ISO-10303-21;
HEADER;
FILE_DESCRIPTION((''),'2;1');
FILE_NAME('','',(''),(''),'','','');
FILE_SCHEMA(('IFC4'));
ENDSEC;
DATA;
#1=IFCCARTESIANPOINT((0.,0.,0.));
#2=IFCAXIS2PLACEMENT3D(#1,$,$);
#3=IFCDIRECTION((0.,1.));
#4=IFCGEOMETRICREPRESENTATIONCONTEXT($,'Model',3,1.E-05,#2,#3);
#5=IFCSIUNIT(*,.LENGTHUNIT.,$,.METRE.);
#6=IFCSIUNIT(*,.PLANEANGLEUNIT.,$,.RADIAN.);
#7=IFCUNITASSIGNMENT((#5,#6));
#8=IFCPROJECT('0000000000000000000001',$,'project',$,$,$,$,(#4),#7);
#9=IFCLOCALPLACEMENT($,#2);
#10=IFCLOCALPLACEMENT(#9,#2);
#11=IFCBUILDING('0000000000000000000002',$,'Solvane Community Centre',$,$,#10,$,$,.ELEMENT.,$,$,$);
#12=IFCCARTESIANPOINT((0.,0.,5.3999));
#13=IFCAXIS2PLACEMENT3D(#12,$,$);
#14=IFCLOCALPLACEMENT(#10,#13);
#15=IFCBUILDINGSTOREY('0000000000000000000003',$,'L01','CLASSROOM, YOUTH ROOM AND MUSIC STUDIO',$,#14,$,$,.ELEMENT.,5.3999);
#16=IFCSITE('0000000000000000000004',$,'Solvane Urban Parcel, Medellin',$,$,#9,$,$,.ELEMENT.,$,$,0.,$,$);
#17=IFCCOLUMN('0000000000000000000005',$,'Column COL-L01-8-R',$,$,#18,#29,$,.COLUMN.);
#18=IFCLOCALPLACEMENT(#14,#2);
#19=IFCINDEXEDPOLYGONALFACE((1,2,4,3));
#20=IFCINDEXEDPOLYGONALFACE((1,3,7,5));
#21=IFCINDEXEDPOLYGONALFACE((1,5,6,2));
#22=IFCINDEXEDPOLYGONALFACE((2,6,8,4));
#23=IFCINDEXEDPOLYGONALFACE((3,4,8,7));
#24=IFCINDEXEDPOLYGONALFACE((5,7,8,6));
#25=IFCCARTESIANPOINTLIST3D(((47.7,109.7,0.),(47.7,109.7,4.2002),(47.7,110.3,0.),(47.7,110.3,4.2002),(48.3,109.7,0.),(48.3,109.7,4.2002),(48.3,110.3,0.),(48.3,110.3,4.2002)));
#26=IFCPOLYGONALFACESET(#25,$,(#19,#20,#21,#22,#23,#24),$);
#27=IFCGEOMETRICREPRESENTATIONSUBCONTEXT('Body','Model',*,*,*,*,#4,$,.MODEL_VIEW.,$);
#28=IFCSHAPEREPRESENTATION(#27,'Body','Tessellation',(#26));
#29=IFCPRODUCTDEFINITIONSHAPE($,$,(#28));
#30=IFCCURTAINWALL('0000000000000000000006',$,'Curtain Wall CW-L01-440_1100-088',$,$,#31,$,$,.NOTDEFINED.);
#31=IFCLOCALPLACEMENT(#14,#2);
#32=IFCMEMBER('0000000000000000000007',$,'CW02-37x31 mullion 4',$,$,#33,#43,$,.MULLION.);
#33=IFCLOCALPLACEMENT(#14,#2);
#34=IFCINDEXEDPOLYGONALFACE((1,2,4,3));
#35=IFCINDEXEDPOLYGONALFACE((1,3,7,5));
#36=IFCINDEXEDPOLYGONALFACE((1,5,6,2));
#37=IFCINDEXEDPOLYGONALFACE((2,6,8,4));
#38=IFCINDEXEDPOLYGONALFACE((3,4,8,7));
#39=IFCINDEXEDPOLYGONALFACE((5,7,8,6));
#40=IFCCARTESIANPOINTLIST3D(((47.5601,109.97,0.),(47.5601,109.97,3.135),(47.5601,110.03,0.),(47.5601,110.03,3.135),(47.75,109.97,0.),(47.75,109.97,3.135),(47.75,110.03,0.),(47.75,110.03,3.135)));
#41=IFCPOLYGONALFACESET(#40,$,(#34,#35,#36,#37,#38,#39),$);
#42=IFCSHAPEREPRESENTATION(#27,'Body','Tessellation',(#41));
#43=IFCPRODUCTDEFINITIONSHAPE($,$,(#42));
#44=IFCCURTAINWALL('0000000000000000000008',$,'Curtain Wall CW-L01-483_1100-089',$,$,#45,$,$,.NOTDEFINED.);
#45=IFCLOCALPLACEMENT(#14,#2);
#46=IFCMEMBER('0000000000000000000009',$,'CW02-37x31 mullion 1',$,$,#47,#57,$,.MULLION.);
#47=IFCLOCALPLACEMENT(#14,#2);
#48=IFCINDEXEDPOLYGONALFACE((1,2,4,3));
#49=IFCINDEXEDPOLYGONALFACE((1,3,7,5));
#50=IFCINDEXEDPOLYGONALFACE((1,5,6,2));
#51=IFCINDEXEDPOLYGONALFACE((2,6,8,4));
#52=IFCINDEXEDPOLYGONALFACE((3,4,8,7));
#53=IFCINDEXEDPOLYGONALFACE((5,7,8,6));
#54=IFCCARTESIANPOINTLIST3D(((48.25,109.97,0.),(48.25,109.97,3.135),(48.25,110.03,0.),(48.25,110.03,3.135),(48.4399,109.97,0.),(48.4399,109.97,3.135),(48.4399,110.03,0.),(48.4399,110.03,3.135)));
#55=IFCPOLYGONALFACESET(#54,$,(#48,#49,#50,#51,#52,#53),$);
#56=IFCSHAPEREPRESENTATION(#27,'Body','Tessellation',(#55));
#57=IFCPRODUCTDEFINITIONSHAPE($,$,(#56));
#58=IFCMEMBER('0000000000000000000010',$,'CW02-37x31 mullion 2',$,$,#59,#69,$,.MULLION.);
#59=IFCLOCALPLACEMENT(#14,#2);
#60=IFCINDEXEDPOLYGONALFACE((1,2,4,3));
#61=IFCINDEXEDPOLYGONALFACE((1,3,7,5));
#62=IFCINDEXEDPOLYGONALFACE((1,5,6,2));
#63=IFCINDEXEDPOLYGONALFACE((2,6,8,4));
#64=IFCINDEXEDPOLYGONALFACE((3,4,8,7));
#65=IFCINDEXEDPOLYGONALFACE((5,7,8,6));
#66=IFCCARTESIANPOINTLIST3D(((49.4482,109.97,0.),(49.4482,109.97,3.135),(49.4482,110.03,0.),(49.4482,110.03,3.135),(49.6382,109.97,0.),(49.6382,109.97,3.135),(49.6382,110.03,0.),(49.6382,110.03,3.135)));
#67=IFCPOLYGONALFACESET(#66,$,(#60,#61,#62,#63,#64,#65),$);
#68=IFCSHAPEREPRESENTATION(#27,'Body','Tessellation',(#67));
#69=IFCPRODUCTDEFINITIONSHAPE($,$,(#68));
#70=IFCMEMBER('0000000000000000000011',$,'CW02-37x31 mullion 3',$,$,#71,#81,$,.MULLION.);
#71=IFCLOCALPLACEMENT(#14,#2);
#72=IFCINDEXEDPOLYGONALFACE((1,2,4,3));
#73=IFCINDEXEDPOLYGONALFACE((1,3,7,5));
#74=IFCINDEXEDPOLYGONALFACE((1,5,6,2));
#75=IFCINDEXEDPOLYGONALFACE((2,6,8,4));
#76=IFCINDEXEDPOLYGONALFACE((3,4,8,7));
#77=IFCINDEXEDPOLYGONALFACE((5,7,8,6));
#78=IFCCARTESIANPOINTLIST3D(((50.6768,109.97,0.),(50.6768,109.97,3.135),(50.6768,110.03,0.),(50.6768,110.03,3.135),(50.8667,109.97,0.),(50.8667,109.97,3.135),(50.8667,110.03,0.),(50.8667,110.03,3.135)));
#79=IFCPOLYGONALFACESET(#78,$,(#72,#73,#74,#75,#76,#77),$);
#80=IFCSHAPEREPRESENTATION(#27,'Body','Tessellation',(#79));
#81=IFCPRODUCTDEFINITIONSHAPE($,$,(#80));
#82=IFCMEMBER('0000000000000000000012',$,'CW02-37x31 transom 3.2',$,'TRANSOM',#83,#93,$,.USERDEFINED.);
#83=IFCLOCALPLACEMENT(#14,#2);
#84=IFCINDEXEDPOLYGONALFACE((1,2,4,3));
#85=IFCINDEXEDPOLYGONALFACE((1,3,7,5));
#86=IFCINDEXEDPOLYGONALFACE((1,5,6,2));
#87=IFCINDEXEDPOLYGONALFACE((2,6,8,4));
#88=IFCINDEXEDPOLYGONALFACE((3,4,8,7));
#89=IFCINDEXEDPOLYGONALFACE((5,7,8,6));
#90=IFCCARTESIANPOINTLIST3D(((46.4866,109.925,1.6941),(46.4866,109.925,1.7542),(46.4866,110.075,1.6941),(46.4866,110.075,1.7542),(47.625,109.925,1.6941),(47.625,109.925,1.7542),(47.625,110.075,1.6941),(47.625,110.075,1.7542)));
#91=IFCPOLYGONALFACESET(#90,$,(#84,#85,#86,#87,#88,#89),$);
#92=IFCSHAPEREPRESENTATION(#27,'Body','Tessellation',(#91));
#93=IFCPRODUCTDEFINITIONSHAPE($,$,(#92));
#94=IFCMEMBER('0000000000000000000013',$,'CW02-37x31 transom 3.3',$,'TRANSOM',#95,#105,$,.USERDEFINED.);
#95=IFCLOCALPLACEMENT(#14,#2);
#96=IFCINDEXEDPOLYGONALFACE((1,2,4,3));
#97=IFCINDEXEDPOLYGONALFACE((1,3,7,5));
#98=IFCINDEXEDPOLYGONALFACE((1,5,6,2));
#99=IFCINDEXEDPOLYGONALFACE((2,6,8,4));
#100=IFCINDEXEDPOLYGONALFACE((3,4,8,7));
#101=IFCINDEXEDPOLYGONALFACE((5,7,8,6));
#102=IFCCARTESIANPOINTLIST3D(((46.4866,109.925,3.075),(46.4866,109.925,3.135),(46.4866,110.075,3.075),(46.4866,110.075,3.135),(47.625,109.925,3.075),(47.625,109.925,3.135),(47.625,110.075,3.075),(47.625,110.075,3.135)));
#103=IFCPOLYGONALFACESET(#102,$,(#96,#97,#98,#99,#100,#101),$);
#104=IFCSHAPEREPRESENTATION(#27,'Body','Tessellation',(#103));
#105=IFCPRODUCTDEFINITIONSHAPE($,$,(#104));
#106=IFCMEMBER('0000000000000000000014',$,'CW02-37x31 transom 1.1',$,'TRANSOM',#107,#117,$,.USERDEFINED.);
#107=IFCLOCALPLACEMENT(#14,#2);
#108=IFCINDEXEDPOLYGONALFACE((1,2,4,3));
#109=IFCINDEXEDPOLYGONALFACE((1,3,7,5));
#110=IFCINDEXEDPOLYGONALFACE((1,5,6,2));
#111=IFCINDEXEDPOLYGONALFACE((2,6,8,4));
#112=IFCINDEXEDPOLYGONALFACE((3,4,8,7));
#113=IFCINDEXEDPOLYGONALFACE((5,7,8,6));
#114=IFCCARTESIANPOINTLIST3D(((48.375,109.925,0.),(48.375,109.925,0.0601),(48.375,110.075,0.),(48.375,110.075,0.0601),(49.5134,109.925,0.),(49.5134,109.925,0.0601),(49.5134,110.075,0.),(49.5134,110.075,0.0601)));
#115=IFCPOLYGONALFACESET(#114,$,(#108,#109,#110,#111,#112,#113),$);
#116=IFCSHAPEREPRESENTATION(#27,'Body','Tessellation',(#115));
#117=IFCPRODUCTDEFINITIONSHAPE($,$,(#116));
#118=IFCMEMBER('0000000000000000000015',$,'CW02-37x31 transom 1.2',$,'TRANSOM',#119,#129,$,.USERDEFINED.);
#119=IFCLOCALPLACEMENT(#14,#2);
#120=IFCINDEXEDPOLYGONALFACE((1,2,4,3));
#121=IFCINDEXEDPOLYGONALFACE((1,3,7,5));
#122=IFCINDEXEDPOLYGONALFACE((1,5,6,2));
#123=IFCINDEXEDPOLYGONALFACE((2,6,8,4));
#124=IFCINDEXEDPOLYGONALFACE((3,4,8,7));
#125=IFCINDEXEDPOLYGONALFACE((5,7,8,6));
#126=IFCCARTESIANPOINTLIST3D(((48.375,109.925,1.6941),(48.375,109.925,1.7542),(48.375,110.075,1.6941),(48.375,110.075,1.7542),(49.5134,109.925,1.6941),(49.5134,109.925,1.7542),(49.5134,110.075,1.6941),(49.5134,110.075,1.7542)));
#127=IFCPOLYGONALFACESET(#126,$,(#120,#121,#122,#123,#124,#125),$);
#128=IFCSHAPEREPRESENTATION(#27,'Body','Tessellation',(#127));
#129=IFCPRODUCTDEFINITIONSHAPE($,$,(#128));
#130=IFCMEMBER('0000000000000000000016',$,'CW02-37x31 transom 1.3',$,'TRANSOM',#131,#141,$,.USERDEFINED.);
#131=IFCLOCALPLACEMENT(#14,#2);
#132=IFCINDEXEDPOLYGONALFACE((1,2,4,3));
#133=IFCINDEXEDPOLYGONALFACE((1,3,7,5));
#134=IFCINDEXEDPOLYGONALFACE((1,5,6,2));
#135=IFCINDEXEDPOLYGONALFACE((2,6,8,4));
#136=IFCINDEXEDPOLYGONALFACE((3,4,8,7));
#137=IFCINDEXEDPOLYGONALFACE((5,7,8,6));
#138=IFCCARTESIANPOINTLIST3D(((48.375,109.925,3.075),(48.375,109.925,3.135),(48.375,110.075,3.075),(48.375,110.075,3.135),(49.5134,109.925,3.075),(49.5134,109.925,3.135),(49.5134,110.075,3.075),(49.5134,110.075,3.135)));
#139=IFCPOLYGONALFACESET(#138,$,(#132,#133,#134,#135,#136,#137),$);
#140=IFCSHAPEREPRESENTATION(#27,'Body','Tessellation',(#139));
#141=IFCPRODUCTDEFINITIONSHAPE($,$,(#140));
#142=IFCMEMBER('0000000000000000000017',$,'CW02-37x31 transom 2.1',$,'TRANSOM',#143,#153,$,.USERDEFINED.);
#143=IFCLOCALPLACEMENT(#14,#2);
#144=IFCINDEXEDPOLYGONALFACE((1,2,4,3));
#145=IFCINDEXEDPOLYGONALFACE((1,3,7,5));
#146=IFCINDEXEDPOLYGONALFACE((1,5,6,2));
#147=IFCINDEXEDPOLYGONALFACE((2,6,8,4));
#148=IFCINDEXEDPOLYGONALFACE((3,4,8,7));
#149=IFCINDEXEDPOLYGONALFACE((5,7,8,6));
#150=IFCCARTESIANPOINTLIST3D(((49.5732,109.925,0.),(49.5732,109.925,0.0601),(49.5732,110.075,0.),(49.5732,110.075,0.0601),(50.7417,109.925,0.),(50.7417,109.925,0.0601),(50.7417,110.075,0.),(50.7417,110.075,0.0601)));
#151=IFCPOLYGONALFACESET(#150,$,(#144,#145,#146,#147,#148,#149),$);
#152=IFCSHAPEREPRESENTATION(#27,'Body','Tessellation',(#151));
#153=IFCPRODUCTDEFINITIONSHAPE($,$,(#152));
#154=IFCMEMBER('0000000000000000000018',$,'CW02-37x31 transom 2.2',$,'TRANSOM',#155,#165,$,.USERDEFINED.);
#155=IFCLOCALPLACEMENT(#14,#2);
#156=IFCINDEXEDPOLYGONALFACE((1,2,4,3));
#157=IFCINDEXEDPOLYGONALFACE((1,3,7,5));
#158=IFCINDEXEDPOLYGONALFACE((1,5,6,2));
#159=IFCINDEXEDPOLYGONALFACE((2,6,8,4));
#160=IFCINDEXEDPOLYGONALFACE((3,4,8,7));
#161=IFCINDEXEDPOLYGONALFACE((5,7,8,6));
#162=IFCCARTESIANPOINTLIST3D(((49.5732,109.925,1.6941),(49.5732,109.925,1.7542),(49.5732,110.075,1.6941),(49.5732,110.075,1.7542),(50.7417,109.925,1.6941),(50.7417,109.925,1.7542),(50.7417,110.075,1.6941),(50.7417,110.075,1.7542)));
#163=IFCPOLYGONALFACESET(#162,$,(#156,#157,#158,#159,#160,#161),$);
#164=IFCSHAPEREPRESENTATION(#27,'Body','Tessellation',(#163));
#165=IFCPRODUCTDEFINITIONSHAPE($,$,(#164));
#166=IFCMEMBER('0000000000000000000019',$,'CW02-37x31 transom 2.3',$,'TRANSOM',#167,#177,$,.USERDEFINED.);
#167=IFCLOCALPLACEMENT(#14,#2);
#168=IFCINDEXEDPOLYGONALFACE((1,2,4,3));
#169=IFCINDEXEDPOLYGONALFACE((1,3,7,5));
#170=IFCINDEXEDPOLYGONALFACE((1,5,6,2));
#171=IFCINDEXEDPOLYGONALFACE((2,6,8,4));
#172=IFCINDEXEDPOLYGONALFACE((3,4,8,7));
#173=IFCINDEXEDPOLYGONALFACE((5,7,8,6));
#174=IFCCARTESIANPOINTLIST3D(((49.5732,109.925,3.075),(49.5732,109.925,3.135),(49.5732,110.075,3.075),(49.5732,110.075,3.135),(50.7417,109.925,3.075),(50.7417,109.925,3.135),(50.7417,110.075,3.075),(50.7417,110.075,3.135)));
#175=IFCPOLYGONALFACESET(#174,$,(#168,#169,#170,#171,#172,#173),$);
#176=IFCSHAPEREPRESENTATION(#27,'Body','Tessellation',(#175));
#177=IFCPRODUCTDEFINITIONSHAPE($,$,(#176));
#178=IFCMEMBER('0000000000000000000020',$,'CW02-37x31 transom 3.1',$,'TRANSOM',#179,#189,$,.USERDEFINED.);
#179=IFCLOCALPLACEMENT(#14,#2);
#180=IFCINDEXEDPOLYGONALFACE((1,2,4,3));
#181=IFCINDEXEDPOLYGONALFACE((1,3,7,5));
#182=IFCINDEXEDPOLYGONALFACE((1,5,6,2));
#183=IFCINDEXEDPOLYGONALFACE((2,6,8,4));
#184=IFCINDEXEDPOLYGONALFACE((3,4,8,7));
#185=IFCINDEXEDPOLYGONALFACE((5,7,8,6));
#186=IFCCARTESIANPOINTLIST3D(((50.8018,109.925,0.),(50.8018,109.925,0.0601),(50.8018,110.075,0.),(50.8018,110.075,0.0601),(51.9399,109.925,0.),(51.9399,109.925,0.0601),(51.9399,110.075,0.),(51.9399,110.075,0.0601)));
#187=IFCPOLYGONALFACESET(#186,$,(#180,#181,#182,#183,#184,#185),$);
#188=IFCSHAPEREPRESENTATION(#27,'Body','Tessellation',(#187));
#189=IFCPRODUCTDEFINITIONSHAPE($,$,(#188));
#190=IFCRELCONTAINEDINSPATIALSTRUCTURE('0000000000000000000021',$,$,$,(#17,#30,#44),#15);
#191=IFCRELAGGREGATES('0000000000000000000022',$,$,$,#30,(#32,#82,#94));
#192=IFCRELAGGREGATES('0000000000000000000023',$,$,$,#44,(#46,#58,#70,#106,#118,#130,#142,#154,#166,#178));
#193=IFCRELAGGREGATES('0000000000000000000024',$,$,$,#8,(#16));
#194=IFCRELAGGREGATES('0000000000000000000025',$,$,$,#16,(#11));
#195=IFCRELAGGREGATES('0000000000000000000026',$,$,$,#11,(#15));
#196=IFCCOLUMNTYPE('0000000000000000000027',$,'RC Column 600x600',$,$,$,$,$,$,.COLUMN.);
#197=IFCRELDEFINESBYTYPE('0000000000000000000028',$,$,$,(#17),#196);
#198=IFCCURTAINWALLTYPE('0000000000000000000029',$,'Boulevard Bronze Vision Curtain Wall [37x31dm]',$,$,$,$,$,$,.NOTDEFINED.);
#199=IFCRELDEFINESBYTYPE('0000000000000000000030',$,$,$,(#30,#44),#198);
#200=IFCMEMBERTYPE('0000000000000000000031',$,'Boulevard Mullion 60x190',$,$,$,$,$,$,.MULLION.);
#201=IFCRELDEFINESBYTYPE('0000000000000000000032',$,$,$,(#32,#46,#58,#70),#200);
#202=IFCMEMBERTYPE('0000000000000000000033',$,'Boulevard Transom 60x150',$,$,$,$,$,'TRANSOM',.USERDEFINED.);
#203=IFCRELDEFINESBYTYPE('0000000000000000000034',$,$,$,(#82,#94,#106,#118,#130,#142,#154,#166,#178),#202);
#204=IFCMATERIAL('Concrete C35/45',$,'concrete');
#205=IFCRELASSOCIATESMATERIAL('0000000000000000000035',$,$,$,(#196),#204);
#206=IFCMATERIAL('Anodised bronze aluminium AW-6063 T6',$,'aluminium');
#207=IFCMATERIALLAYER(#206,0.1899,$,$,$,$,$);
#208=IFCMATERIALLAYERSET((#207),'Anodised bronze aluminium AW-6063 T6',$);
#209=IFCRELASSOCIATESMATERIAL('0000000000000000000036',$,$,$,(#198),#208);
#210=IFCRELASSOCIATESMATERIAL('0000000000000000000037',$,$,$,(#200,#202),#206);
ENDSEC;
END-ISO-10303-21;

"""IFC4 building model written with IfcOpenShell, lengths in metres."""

from ifc_helpers import new_model, si_unit, direction, frame, origin, origin_2d, place, context, subcontext, project, spatial, rectangle, extrude, material, layer, layer_set, material_profile, profile_set, type_object, element, aggregate, save


model = new_model("IFC4")

# Units and contexts
model_context = context("Model", 3, precision=1e-05, world=origin(), true_north=direction((0.0, 1.0)))
body_context = subcontext(model_context, "Body", "Model", "MODEL_VIEW")
ifc_project = project(units=[si_unit("LENGTHUNIT", "METRE"), si_unit("PLANEANGLEUNIT", "RADIAN")], contexts=[model_context])

# Site, building, storey
site_placement = place(None, origin())
site = spatial("IfcSite", under=ifc_project, at=site_placement, Name="Solvane Urban Parcel, Medellin", CompositionType="ELEMENT", RefElevation=0.0)
building_placement = place(site_placement, origin())
building = spatial("IfcBuilding", under=site, at=building_placement, Name="Solvane Community Centre", CompositionType="ELEMENT")
storey_placement = place(building_placement, frame((0.0, 0.0, 5.3999)))
storey = spatial("IfcBuildingStorey", under=building, at=storey_placement, Name="L01", Description="CLASSROOM, YOUTH ROOM AND MUSIC STUDIO", CompositionType="ELEMENT", Elevation=5.3999)

# Column
ifc_material_1 = material(Name="Concrete C35/45", Category="concrete")
ifc_material_profile_1 = material_profile(ifc_material_1, rectangle(XDim=0.6001, YDim=0.6001, at=origin_2d()), Name="RC 600x600")
ifc_profile_set_1 = profile_set([ifc_material_profile_1], Name="Concrete C35/45")
column_type = type_object("IfcColumnType", Name="RC Column 600x600", PredefinedType="COLUMN", material=ifc_profile_set_1)
column_placement = place(storey_placement, frame((48.0, 110.0, 0.0), z_axis=(0.0, 0.0, 1.0), x_axis=(1.0, 0.0, 0.0)))
element("IfcColumn", 1, at=column_placement, inside=storey, type_object=column_type, Name="Column COL-L01-8-R", PredefinedType="COLUMN", context=body_context, shape_type="SweptSolid", body=[
    extrude(rectangle(XDim=0.6001, YDim=0.6001, at=origin_2d()), origin(), (0.0, 0.0, 1.0), 4.2002),
])

# Curtain wall, member
ifc_material_2 = material(Name="Anodised bronze aluminium AW-6063 T6", Category="aluminium")
ifc_layer_1 = layer(ifc_material_2, 0.1899)
ifc_layer_set_1 = layer_set([ifc_layer_1], Name="Anodised bronze aluminium AW-6063 T6")
curtain_wall_type = type_object("IfcCurtainWallType", Name="Boulevard Bronze Vision Curtain Wall [37x31dm]", PredefinedType="NOTDEFINED", material=ifc_layer_set_1)
curtain_wall_1_placement = place(storey_placement, origin())
curtain_wall_1 = element("IfcCurtainWall", 2, at=curtain_wall_1_placement, inside=storey, type_object=curtain_wall_type, Name="Curtain Wall CW-L01-440_1100-088", PredefinedType="NOTDEFINED")
ifc_material_profile_2 = material_profile(ifc_material_2, rectangle(XDim=0.0601, YDim=0.1899, at=origin_2d()), Name="CW-M 60x190")
ifc_profile_set_2 = profile_set([ifc_material_profile_2], Name="Anodised bronze aluminium AW-6063 T6")
member_type_1 = type_object("IfcMemberType", Name="Boulevard Mullion 60x190", PredefinedType="MULLION", material=ifc_profile_set_2)
member_1_placement = place(storey_placement, frame((47.655, 110.0, 0.0), z_axis=(0.0, 0.0, 1.0), x_axis=(0.0, 1.0, 0.0)))
member_1 = element("IfcMember", 3, at=member_1_placement, type_object=member_type_1, Name="CW02-37x31 mullion 4", PredefinedType="MULLION", context=body_context, shape_type="SweptSolid", body=[
    extrude(rectangle(XDim=0.0601, YDim=0.1899, at=origin_2d()), origin(), (0.0, 0.0, 1.0), 3.135),
])

# Curtain wall, members
curtain_wall_2_placement = place(storey_placement, origin())
curtain_wall_2 = element("IfcCurtainWall", 4, at=curtain_wall_2_placement, inside=storey, type_object=curtain_wall_type, Name="Curtain Wall CW-L01-483_1100-089", PredefinedType="NOTDEFINED")
member_2_placement = place(storey_placement, frame((48.345, 110.0, 0.0), z_axis=(0.0, 0.0, 1.0), x_axis=(0.0, 1.0, 0.0)))
member_2 = element("IfcMember", 5, at=member_2_placement, type_object=member_type_1, Name="CW02-37x31 mullion 1", PredefinedType="MULLION", context=body_context, shape_type="SweptSolid", body=[
    extrude(rectangle(XDim=0.0601, YDim=0.1899, at=origin_2d()), origin(), (0.0, 0.0, 1.0), 3.135),
])
member_3_placement = place(storey_placement, frame((49.5432, 110.0, 0.0), z_axis=(0.0, 0.0, 1.0), x_axis=(0.0, 1.0, 0.0)))
member_3 = element("IfcMember", 6, at=member_3_placement, type_object=member_type_1, Name="CW02-37x31 mullion 2", PredefinedType="MULLION", context=body_context, shape_type="SweptSolid", body=[
    extrude(rectangle(XDim=0.0601, YDim=0.1899, at=origin_2d()), origin(), (0.0, 0.0, 1.0), 3.135),
])
member_4_placement = place(storey_placement, frame((50.7717, 110.0, 0.0), z_axis=(0.0, 0.0, 1.0), x_axis=(0.0, 1.0, 0.0)))
member_4 = element("IfcMember", 7, at=member_4_placement, type_object=member_type_1, Name="CW02-37x31 mullion 3", PredefinedType="MULLION", context=body_context, shape_type="SweptSolid", body=[
    extrude(rectangle(XDim=0.0601, YDim=0.1899, at=origin_2d()), origin(), (0.0, 0.0, 1.0), 3.135),
])

# Members
ifc_material_profile_3 = material_profile(ifc_material_2, rectangle(XDim=0.1499, YDim=0.0601, at=origin_2d()), Name="CW-T 60x150")
ifc_profile_set_3 = profile_set([ifc_material_profile_3], Name="Anodised bronze aluminium AW-6063 T6")
member_type_2 = type_object("IfcMemberType", Name="Boulevard Transom 60x150", ElementType="TRANSOM", PredefinedType="USERDEFINED", material=ifc_profile_set_3)
member_5_placement = place(storey_placement, frame((46.4866, 110.0, 1.7241), z_axis=(1.0, 0.0, 0.0), x_axis=(0.0, 1.0, 0.0)))
member_5 = element("IfcMember", 8, at=member_5_placement, type_object=member_type_2, Name="CW02-37x31 transom 3.2", ObjectType="TRANSOM", PredefinedType="USERDEFINED", context=body_context, shape_type="SweptSolid", body=[
    extrude(rectangle(XDim=0.1499, YDim=0.0601, at=origin_2d()), origin(), (0.0, 0.0, 1.0), 1.1384),
])
member_6_placement = place(storey_placement, frame((46.4866, 110.0, 3.105), z_axis=(1.0, 0.0, 0.0), x_axis=(0.0, 1.0, 0.0)))
member_6 = element("IfcMember", 9, at=member_6_placement, type_object=member_type_2, Name="CW02-37x31 transom 3.3", ObjectType="TRANSOM", PredefinedType="USERDEFINED", context=body_context, shape_type="SweptSolid", body=[
    extrude(rectangle(XDim=0.1499, YDim=0.0601, at=origin_2d()), origin(), (0.0, 0.0, 1.0), 1.1384),
])
member_7_placement = place(storey_placement, frame((48.375, 110.0, 0.03), z_axis=(1.0, 0.0, 0.0), x_axis=(0.0, 1.0, 0.0)))
member_7 = element("IfcMember", 10, at=member_7_placement, type_object=member_type_2, Name="CW02-37x31 transom 1.1", ObjectType="TRANSOM", PredefinedType="USERDEFINED", context=body_context, shape_type="SweptSolid", body=[
    extrude(rectangle(XDim=0.1499, YDim=0.0601, at=origin_2d()), origin(), (0.0, 0.0, 1.0), 1.1384),
])
member_8_placement = place(storey_placement, frame((48.375, 110.0, 1.7241), z_axis=(1.0, 0.0, 0.0), x_axis=(0.0, 1.0, 0.0)))
member_8 = element("IfcMember", 11, at=member_8_placement, type_object=member_type_2, Name="CW02-37x31 transom 1.2", ObjectType="TRANSOM", PredefinedType="USERDEFINED", context=body_context, shape_type="SweptSolid", body=[
    extrude(rectangle(XDim=0.1499, YDim=0.0601, at=origin_2d()), origin(), (0.0, 0.0, 1.0), 1.1384),
])
member_9_placement = place(storey_placement, frame((48.375, 110.0, 3.105), z_axis=(1.0, 0.0, 0.0), x_axis=(0.0, 1.0, 0.0)))
member_9 = element("IfcMember", 12, at=member_9_placement, type_object=member_type_2, Name="CW02-37x31 transom 1.3", ObjectType="TRANSOM", PredefinedType="USERDEFINED", context=body_context, shape_type="SweptSolid", body=[
    extrude(rectangle(XDim=0.1499, YDim=0.0601, at=origin_2d()), origin(), (0.0, 0.0, 1.0), 1.1384),
])
member_10_placement = place(storey_placement, frame((49.5732, 110.0, 0.03), z_axis=(1.0, 0.0, 0.0), x_axis=(0.0, 1.0, 0.0)))
member_10 = element("IfcMember", 13, at=member_10_placement, type_object=member_type_2, Name="CW02-37x31 transom 2.1", ObjectType="TRANSOM", PredefinedType="USERDEFINED", context=body_context, shape_type="SweptSolid", body=[
    extrude(rectangle(XDim=0.1499, YDim=0.0601, at=origin_2d()), origin(), (0.0, 0.0, 1.0), 1.1685),
])
member_11_placement = place(storey_placement, frame((49.5732, 110.0, 1.7241), z_axis=(1.0, 0.0, 0.0), x_axis=(0.0, 1.0, 0.0)))
member_11 = element("IfcMember", 14, at=member_11_placement, type_object=member_type_2, Name="CW02-37x31 transom 2.2", ObjectType="TRANSOM", PredefinedType="USERDEFINED", context=body_context, shape_type="SweptSolid", body=[
    extrude(rectangle(XDim=0.1499, YDim=0.0601, at=origin_2d()), origin(), (0.0, 0.0, 1.0), 1.1685),
])
member_12_placement = place(storey_placement, frame((49.5732, 110.0, 3.105), z_axis=(1.0, 0.0, 0.0), x_axis=(0.0, 1.0, 0.0)))
member_12 = element("IfcMember", 15, at=member_12_placement, type_object=member_type_2, Name="CW02-37x31 transom 2.3", ObjectType="TRANSOM", PredefinedType="USERDEFINED", context=body_context, shape_type="SweptSolid", body=[
    extrude(rectangle(XDim=0.1499, YDim=0.0601, at=origin_2d()), origin(), (0.0, 0.0, 1.0), 1.1685),
])
member_13_placement = place(storey_placement, frame((50.8018, 110.0, 0.03), z_axis=(1.0, 0.0, 0.0), x_axis=(0.0, 1.0, 0.0)))
member_13 = element("IfcMember", 16, at=member_13_placement, type_object=member_type_2, Name="CW02-37x31 transom 3.1", ObjectType="TRANSOM", PredefinedType="USERDEFINED", context=body_context, shape_type="SweptSolid", body=[
    extrude(rectangle(XDim=0.1499, YDim=0.0601, at=origin_2d()), origin(), (0.0, 0.0, 1.0), 1.1382),
])

aggregate(curtain_wall_1, [member_1, member_5, member_6])
aggregate(curtain_wall_2, [member_2, member_3, member_4, member_7, member_8, member_9, member_10, member_11, member_12, member_13])

save(model, "model.ifc")
